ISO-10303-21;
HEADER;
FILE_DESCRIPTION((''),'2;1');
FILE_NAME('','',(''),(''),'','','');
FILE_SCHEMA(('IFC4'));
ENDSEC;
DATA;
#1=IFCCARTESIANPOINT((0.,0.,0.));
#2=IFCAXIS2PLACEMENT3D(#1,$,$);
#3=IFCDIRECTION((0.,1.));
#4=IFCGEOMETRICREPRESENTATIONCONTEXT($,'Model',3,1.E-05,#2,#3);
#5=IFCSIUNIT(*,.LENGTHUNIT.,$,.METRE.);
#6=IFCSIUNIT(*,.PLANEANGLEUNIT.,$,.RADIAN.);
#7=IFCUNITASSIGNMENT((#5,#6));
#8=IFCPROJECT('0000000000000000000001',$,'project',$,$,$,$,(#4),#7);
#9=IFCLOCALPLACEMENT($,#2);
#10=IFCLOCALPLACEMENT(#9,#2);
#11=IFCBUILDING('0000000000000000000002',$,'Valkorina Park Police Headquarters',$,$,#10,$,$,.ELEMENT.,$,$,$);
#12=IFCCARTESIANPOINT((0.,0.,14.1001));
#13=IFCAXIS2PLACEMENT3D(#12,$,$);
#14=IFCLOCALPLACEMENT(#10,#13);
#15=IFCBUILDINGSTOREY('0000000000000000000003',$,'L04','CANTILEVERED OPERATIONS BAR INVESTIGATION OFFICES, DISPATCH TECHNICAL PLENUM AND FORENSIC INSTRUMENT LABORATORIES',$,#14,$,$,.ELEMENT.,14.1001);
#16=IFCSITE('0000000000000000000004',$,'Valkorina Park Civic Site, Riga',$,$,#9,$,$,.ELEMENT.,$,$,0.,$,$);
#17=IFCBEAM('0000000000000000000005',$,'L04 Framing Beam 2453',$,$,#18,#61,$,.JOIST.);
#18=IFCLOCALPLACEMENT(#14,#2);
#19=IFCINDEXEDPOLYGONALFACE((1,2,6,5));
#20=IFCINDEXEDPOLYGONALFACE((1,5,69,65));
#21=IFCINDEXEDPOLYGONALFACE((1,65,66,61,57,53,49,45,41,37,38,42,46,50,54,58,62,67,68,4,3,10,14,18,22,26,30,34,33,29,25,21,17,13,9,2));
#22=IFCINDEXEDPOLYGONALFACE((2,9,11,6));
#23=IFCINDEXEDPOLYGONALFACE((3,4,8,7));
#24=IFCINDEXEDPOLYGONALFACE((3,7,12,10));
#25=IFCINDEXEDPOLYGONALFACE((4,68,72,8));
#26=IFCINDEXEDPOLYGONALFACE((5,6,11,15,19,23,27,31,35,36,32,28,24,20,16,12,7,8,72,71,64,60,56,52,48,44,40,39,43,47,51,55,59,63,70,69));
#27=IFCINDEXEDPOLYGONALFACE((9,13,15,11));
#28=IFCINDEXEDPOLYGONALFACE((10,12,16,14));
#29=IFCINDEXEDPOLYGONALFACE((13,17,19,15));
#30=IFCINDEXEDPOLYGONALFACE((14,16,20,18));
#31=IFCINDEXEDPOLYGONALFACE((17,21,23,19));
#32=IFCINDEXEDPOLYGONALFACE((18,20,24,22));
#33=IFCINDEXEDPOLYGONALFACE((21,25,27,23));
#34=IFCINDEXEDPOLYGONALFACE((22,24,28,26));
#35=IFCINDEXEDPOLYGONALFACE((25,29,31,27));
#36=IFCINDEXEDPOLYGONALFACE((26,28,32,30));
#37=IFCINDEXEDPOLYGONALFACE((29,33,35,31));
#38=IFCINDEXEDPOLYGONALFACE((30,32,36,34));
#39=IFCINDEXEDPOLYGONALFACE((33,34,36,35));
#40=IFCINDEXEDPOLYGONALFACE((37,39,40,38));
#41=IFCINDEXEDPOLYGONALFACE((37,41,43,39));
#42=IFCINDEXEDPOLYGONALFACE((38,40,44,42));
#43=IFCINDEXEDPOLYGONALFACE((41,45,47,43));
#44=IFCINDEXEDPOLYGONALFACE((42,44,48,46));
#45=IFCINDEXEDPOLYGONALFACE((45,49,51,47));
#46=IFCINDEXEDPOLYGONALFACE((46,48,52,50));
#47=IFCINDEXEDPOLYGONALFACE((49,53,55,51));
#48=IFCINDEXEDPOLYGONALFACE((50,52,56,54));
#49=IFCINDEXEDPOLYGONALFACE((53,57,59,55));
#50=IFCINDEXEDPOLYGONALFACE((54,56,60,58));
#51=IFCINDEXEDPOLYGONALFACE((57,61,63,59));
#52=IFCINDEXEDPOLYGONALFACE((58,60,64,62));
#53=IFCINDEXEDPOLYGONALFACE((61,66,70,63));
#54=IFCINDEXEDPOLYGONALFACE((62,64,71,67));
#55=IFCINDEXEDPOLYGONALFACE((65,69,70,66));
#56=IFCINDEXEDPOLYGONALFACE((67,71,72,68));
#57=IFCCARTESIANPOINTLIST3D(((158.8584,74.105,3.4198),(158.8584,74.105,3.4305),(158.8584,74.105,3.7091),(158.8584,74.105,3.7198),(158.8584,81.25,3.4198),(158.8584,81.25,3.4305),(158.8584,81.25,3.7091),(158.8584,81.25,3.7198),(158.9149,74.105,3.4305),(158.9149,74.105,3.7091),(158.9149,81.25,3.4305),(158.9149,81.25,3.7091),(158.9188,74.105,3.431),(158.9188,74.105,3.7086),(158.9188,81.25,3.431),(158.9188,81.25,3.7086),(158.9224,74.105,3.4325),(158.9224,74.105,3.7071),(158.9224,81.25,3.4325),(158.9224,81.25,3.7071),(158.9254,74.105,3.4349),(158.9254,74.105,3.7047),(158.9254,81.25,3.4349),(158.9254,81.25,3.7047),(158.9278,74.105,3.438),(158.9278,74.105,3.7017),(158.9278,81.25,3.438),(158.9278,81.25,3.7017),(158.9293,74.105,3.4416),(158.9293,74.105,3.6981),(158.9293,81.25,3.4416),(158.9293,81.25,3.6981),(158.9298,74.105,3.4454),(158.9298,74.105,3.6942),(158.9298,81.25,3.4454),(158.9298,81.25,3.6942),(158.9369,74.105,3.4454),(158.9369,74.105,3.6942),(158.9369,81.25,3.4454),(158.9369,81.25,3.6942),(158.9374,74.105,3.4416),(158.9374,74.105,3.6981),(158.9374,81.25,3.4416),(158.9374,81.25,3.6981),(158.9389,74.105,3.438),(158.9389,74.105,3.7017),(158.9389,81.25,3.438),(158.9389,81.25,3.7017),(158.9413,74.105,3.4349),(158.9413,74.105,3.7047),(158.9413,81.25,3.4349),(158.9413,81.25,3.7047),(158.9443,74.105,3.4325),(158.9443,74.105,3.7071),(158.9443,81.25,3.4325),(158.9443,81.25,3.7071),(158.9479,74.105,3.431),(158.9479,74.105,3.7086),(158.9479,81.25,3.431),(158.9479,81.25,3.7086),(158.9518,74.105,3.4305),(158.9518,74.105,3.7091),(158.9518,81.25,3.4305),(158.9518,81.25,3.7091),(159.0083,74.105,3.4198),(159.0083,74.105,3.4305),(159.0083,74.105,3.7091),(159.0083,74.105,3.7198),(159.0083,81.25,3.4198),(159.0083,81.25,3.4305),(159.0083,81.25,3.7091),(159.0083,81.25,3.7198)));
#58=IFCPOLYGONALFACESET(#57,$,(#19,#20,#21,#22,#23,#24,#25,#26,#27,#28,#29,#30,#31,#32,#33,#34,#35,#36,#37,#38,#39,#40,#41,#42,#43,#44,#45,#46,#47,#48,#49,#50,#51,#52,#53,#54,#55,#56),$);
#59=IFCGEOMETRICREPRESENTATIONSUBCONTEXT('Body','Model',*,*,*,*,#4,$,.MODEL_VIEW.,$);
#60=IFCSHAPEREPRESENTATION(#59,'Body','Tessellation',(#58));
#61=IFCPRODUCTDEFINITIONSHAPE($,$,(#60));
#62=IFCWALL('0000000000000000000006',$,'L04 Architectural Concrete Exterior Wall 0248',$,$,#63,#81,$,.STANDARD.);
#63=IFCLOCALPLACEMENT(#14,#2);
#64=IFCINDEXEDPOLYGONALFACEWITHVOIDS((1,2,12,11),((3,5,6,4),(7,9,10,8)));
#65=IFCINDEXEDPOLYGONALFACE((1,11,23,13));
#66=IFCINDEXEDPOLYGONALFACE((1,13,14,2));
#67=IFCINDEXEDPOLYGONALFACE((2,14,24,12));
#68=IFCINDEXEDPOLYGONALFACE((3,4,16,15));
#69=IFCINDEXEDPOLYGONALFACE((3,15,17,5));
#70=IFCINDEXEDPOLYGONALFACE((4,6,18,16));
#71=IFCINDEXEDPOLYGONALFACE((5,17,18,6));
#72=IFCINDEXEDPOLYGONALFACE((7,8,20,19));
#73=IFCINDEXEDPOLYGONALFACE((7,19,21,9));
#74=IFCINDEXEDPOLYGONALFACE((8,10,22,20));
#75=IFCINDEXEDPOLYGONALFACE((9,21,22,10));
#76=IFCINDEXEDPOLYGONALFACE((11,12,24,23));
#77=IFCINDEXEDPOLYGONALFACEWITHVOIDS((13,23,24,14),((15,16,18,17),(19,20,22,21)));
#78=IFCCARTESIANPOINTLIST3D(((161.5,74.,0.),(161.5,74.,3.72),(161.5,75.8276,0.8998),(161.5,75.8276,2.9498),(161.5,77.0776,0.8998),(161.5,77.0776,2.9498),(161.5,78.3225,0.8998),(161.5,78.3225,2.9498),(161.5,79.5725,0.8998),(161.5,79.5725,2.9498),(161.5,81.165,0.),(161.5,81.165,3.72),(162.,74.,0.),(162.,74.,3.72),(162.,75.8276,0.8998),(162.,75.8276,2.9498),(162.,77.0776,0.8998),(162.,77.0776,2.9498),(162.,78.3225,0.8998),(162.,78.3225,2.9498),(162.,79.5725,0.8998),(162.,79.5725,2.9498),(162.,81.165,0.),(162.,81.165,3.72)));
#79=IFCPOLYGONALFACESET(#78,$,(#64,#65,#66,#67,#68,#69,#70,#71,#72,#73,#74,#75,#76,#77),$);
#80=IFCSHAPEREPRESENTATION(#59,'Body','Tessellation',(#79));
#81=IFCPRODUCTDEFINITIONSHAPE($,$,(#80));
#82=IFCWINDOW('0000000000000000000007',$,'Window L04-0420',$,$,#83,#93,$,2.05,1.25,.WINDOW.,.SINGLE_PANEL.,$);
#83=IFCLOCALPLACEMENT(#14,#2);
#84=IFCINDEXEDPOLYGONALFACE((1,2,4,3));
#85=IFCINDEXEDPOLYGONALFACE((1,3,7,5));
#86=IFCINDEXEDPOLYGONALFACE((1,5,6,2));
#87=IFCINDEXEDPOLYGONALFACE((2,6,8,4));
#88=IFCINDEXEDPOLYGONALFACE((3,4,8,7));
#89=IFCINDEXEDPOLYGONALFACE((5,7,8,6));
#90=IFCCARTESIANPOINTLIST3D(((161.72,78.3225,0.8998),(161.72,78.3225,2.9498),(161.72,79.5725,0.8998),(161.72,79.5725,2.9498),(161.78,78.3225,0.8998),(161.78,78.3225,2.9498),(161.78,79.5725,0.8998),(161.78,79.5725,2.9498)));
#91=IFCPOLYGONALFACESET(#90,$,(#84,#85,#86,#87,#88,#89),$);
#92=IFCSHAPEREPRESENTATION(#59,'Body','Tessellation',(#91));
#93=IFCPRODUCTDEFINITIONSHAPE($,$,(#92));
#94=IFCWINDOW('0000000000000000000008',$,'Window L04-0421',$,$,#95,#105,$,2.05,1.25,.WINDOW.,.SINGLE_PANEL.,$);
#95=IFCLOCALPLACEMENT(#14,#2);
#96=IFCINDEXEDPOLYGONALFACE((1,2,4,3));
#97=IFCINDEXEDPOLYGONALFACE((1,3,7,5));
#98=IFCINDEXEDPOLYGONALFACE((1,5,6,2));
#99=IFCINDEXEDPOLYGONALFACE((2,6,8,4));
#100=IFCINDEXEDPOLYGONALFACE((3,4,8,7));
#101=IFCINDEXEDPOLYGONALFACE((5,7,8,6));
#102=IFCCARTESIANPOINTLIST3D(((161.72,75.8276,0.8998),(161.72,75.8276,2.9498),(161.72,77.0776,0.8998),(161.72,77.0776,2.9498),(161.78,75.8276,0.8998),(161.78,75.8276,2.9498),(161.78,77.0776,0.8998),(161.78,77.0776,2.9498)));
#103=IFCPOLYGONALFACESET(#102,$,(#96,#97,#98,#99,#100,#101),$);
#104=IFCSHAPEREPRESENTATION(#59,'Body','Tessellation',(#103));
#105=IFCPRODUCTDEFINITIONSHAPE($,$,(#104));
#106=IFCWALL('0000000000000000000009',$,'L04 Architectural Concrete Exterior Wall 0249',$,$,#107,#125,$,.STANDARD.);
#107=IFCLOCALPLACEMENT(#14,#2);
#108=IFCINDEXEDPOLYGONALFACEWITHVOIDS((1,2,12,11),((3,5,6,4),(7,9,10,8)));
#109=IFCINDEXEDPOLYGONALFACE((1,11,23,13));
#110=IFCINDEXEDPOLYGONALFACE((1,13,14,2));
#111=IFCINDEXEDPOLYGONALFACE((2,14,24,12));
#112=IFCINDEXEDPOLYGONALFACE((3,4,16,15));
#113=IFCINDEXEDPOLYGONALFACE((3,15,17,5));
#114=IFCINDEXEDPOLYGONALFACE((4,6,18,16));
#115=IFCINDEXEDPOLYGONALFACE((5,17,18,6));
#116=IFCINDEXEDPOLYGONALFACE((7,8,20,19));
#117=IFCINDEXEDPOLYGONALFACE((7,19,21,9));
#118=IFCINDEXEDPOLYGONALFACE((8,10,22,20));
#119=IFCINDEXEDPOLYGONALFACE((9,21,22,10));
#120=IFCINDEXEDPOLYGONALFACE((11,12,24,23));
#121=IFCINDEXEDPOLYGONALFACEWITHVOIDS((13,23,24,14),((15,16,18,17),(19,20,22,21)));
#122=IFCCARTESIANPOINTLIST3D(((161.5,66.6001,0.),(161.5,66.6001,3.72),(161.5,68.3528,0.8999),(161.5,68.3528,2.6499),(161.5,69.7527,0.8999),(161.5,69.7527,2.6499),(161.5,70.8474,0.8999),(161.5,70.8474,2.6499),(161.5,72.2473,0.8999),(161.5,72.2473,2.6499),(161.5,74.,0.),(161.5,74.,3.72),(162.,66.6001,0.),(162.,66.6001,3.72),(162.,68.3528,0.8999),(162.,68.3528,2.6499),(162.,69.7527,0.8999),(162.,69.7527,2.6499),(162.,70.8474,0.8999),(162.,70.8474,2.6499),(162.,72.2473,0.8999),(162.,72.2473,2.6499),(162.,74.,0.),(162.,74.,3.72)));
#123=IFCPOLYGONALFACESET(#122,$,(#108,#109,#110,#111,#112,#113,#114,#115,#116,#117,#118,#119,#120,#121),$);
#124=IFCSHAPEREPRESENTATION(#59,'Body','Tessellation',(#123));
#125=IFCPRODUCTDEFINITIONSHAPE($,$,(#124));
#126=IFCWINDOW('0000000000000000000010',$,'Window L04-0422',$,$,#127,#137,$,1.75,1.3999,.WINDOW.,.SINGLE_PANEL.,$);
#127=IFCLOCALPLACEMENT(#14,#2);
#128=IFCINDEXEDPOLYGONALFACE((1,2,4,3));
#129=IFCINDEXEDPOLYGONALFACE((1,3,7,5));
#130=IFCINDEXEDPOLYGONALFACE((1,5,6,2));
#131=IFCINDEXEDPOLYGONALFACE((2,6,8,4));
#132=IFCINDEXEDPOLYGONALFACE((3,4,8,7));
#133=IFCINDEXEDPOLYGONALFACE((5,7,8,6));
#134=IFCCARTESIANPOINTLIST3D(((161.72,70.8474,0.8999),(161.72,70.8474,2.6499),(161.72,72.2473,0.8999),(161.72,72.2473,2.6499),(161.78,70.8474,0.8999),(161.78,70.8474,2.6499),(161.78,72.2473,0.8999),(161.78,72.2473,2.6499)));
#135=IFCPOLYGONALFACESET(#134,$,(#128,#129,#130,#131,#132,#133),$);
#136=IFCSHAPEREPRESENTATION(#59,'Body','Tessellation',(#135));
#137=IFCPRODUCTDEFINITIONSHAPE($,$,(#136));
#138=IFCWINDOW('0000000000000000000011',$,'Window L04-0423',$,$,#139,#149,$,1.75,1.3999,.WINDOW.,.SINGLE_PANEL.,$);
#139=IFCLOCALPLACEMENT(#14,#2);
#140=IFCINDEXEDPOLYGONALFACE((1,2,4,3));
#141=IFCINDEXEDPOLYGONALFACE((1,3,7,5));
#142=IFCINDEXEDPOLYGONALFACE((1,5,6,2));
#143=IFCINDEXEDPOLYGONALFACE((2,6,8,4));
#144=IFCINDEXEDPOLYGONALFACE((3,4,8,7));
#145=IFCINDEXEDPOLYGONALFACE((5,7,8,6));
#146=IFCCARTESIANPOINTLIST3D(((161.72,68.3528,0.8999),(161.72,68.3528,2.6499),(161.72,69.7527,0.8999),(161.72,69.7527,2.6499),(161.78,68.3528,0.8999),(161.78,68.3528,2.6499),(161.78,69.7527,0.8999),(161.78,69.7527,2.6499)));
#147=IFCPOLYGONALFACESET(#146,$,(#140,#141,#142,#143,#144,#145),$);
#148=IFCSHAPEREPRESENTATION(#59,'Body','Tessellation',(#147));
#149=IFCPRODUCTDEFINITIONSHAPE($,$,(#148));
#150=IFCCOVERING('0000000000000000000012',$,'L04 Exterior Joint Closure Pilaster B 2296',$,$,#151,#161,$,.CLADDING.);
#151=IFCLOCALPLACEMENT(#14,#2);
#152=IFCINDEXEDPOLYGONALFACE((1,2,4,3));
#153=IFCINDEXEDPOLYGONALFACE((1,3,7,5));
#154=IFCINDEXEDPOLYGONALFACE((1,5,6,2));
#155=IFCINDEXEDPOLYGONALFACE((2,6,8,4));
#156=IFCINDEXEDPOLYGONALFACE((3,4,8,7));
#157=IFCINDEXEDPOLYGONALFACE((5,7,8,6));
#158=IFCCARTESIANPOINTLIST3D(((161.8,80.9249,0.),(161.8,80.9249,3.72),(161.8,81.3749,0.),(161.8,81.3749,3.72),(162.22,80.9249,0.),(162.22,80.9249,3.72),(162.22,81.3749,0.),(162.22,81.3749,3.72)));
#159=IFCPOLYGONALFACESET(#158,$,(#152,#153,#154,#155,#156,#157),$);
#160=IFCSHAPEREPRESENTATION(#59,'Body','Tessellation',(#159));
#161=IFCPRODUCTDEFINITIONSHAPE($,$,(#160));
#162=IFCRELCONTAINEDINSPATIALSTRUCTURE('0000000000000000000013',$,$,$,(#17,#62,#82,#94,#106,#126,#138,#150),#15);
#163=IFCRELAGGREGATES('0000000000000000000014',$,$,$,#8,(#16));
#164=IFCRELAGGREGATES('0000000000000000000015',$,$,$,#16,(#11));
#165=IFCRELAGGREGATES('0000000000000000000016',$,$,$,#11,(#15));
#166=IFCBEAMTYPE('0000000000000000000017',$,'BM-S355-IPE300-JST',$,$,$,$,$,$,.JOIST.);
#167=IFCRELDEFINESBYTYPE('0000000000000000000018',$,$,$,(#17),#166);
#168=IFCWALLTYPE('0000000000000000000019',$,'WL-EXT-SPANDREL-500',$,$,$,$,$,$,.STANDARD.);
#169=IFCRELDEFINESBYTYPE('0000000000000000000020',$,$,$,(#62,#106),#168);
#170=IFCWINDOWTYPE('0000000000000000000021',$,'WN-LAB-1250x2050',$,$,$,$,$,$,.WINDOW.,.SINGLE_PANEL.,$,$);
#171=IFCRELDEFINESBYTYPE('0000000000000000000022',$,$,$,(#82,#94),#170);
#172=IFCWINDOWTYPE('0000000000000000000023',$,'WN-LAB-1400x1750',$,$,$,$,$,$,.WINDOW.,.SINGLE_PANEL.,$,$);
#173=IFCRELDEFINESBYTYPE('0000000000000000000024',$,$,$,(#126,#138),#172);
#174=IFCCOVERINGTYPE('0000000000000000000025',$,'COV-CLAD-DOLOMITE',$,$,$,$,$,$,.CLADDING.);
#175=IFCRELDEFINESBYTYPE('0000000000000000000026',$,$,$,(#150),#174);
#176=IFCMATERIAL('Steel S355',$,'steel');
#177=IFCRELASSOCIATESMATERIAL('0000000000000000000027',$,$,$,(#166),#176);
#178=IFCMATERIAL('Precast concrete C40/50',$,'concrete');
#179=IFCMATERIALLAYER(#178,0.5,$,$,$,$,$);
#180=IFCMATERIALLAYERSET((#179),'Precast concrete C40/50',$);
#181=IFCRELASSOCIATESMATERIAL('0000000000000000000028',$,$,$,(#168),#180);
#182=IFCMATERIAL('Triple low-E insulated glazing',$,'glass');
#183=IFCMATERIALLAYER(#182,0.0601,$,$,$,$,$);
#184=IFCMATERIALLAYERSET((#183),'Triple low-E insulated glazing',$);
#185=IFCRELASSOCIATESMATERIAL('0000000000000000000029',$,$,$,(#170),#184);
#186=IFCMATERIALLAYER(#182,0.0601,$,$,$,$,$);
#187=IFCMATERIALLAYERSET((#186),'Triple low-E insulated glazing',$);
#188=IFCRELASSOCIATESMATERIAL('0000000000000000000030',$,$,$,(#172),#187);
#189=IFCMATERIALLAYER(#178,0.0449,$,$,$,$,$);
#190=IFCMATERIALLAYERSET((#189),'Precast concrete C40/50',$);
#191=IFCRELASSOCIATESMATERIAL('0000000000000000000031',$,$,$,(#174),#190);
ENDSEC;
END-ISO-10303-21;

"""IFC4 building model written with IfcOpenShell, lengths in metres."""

from ifc_helpers import new_model, si_unit, direction, frame, frame_2d, origin, origin_2d, place, context, subcontext, project, spatial, rectangle, i_section, extrude, material, layer, layer_set, material_profile, profile_set, type_object, element, fill, save


model = new_model("IFC4")

# Units and contexts
model_context = context("Model", 3, precision=1e-05, world=origin(), true_north=direction((0.0, 1.0)))
body_context = subcontext(model_context, "Body", "Model", "MODEL_VIEW")
ifc_project = project(units=[si_unit("LENGTHUNIT", "METRE"), si_unit("PLANEANGLEUNIT", "RADIAN")], contexts=[model_context])

# Site, building, storey
site_placement = place(None, origin())
site = spatial("IfcSite", under=ifc_project, at=site_placement, Name="Valkorina Park Civic Site, Riga", CompositionType="ELEMENT", RefElevation=0.0)
building_placement = place(site_placement, origin())
building = spatial("IfcBuilding", under=site, at=building_placement, Name="Valkorina Park Police Headquarters", CompositionType="ELEMENT")
storey_placement = place(building_placement, frame((0.0, 0.0, 14.1001)))
storey = spatial("IfcBuildingStorey", under=building, at=storey_placement, Name="L04", Description="CANTILEVERED OPERATIONS BAR INVESTIGATION OFFICES, DISPATCH TECHNICAL PLENUM AND FORENSIC INSTRUMENT LABORATORIES", CompositionType="ELEMENT", Elevation=14.1001)

# Shared definitions
ifc_material_1 = material(Name="Steel S355", Category="steel")

# Beam
ifc_material_profile_1 = material_profile(ifc_material_1, i_section(OverallWidth=0.1499, OverallDepth=0.3, WebThickness=0.0071, FlangeThickness=0.0107, FilletRadius=0.0149, at=origin_2d()), Name="IPE 300")
ifc_profile_set_1 = profile_set([ifc_material_profile_1], Name="Steel S355")
beam_type_1 = type_object("IfcBeamType", Name="BM-S355-IPE300-JST", PredefinedType="JOIST", material=ifc_profile_set_1)
for number, where, z_axis, x_axis, name in (
    (1, (158.9333, 74.105, 3.5698), (0.0, 1.0, 0.0), (-1.0, 0.0, 0.0), "L04 Framing Beam 2453"),
):
    element("IfcBeam", number, at=place(storey_placement, frame(where, z_axis=z_axis, x_axis=x_axis)), inside=storey, type_object=beam_type_1, Name=name, PredefinedType="JOIST", context=body_context, shape_type="SweptSolid", body=[
        extrude(i_section(OverallWidth=0.1499, OverallDepth=0.3, WebThickness=0.0071, FlangeThickness=0.0107, FilletRadius=0.0149, at=origin_2d()), origin(), (0.0, 0.0, 1.0), 7.145),
    ])

# Walls, openings, windows
ifc_material_2 = material(Name="Precast concrete C40/50", Category="concrete")
ifc_layer_1 = layer(ifc_material_2, 0.5)
ifc_layer_set_1 = layer_set([ifc_layer_1], Name="Precast concrete C40/50")
wall_type = type_object("IfcWallType", Name="WL-EXT-SPANDREL-500", PredefinedType="STANDARD", material=ifc_layer_set_1)
wall_1_placement = place(storey_placement, frame((161.75, 81.165, 0.0), z_axis=(0.0, 0.0, 1.0), x_axis=(0.0, -1.0, 0.0)))
wall_1 = element("IfcWall", 2, at=wall_1_placement, inside=storey, type_object=wall_type, Name="L04 Architectural Concrete Exterior Wall 0248", PredefinedType="STANDARD", context=body_context, shape_type="SweptSolid", body=[
    extrude(rectangle(XDim=7.165, YDim=0.5, at=frame_2d((3.5825, 0.0))), origin(), (0.0, 0.0, 1.0), 3.72),
])
opening_1_placement = place(wall_1_placement, frame((1.5925, 0.0, 0.8999)))
opening_1 = element("IfcOpeningElement", 3, at=opening_1_placement, cuts=wall_1, PredefinedType="OPENING", context=body_context, shape_type="SweptSolid", body=[
    extrude(rectangle(XDim=1.25, YDim=2.05, at=frame_2d((0.625, 1.0249))), frame((0.0, 0.26, 0.0), z_axis=(0.0, -1.0, 0.0), x_axis=(1.0, 0.0, 0.0)), (0.0, 0.0, 1.0), 0.52),
])
opening_2_placement = place(wall_1_placement, frame((4.0874, 0.0, 0.8999)))
opening_2 = element("IfcOpeningElement", 4, at=opening_2_placement, cuts=wall_1, PredefinedType="OPENING", context=body_context, shape_type="SweptSolid", body=[
    extrude(rectangle(XDim=1.25, YDim=2.05, at=frame_2d((0.625, 1.0249))), frame((0.0, 0.26, 0.0), z_axis=(0.0, -1.0, 0.0), x_axis=(1.0, 0.0, 0.0)), (0.0, 0.0, 1.0), 0.52),
])
ifc_material_3 = material(Name="Triple low-E insulated glazing", Category="glass")
ifc_layer_2 = layer(ifc_material_3, 0.0601)
ifc_layer_set_2 = layer_set([ifc_layer_2], Name="Triple low-E insulated glazing")
window_type_1 = type_object("IfcWindowType", Name="WN-LAB-1250x2050", PartitioningType="SINGLE_PANEL", PredefinedType="WINDOW", material=ifc_layer_set_2)
window_1_placement = place(opening_1_placement, origin())
window_1 = element("IfcWindow", 5, at=window_1_placement, inside=storey, type_object=window_type_1, Name="Window L04-0420", OverallHeight=2.05, OverallWidth=1.25, PartitioningType="SINGLE_PANEL", PredefinedType="WINDOW", context=body_context, shape_type="SweptSolid", body=[
    extrude(rectangle(XDim=1.25, YDim=2.05, at=frame_2d((0.625, 1.0249))), frame((0.0, 0.03, 0.0), z_axis=(0.0, -1.0, 0.0), x_axis=(1.0, 0.0, 0.0)), (0.0, 0.0, 1.0), 0.0601),
])
fill(opening_1, window_1)
window_2_placement = place(opening_2_placement, origin())
window_2 = element("IfcWindow", 6, at=window_2_placement, inside=storey, type_object=window_type_1, Name="Window L04-0421", OverallHeight=2.05, OverallWidth=1.25, PartitioningType="SINGLE_PANEL", PredefinedType="WINDOW", context=body_context, shape_type="SweptSolid", body=[
    extrude(rectangle(XDim=1.25, YDim=2.05, at=frame_2d((0.625, 1.0249))), frame((0.0, 0.03, 0.0), z_axis=(0.0, -1.0, 0.0), x_axis=(1.0, 0.0, 0.0)), (0.0, 0.0, 1.0), 0.0601),
])
fill(opening_2, window_2)
wall_2_placement = place(storey_placement, frame((161.75, 74.0, 0.0), z_axis=(0.0, 0.0, 1.0), x_axis=(0.0, -1.0, 0.0)))
wall_2 = element("IfcWall", 7, at=wall_2_placement, inside=storey, type_object=wall_type, Name="L04 Architectural Concrete Exterior Wall 0249", PredefinedType="STANDARD", context=body_context, shape_type="SweptSolid", body=[
    extrude(rectangle(XDim=7.3999, YDim=0.5, at=frame_2d((3.7, 0.0))), origin(), (0.0, 0.0, 1.0), 3.72),
])
opening_3_placement = place(wall_2_placement, frame((1.7527, 0.0, 0.8999)))
opening_3 = element("IfcOpeningElement", 8, at=opening_3_placement, cuts=wall_2, PredefinedType="OPENING", context=body_context, shape_type="SweptSolid", body=[
    extrude(rectangle(XDim=1.3999, YDim=1.75, at=frame_2d((0.7, 0.875))), frame((0.0, 0.26, 0.0), z_axis=(0.0, -1.0, 0.0), x_axis=(1.0, 0.0, 0.0)), (0.0, 0.0, 1.0), 0.52),
])
opening_4_placement = place(wall_2_placement, frame((4.2473, 0.0, 0.8999)))
opening_4 = element("IfcOpeningElement", 9, at=opening_4_placement, cuts=wall_2, PredefinedType="OPENING", context=body_context, shape_type="SweptSolid", body=[
    extrude(rectangle(XDim=1.3999, YDim=1.75, at=frame_2d((0.7, 0.875))), frame((0.0, 0.26, 0.0), z_axis=(0.0, -1.0, 0.0), x_axis=(1.0, 0.0, 0.0)), (0.0, 0.0, 1.0), 0.52),
])
ifc_layer_3 = layer(ifc_material_3, 0.0601)
ifc_layer_set_3 = layer_set([ifc_layer_3], Name="Triple low-E insulated glazing")
window_type_2 = type_object("IfcWindowType", Name="WN-LAB-1400x1750", PartitioningType="SINGLE_PANEL", PredefinedType="WINDOW", material=ifc_layer_set_3)
window_3_placement = place(opening_3_placement, origin())
window_3 = element("IfcWindow", 10, at=window_3_placement, inside=storey, type_object=window_type_2, Name="Window L04-0422", OverallHeight=1.75, OverallWidth=1.3999, PartitioningType="SINGLE_PANEL", PredefinedType="WINDOW", context=body_context, shape_type="SweptSolid", body=[
    extrude(rectangle(XDim=1.3999, YDim=1.75, at=frame_2d((0.7, 0.875))), frame((0.0, 0.03, 0.0), z_axis=(0.0, -1.0, 0.0), x_axis=(1.0, 0.0, 0.0)), (0.0, 0.0, 1.0), 0.0601),
])
fill(opening_3, window_3)
window_4_placement = place(opening_4_placement, origin())
window_4 = element("IfcWindow", 11, at=window_4_placement, inside=storey, type_object=window_type_2, Name="Window L04-0423", OverallHeight=1.75, OverallWidth=1.3999, PartitioningType="SINGLE_PANEL", PredefinedType="WINDOW", context=body_context, shape_type="SweptSolid", body=[
    extrude(rectangle(XDim=1.3999, YDim=1.75, at=frame_2d((0.7, 0.875))), frame((0.0, 0.03, 0.0), z_axis=(0.0, -1.0, 0.0), x_axis=(1.0, 0.0, 0.0)), (0.0, 0.0, 1.0), 0.0601),
])
fill(opening_4, window_4)

# Covering
ifc_layer_4 = layer(ifc_material_2, 0.0449)
ifc_layer_set_4 = layer_set([ifc_layer_4], Name="Precast concrete C40/50")
covering_type = type_object("IfcCoveringType", Name="COV-CLAD-DOLOMITE", PredefinedType="CLADDING", material=ifc_layer_set_4)
covering_1_placement = place(storey_placement, frame((162.01, 81.1499, 0.0), z_axis=(0.0, 0.0, 1.0), x_axis=(1.0, 0.0, 0.0)))
element("IfcCovering", 12, at=covering_1_placement, inside=storey, type_object=covering_type, Name="L04 Exterior Joint Closure Pilaster B 2296", PredefinedType="CLADDING", context=body_context, shape_type="SweptSolid", body=[
    extrude(rectangle(XDim=0.4199, YDim=0.45, at=origin_2d()), origin(), (0.0, 0.0, 1.0), 3.72),
])

save(model, "model.ifc")
